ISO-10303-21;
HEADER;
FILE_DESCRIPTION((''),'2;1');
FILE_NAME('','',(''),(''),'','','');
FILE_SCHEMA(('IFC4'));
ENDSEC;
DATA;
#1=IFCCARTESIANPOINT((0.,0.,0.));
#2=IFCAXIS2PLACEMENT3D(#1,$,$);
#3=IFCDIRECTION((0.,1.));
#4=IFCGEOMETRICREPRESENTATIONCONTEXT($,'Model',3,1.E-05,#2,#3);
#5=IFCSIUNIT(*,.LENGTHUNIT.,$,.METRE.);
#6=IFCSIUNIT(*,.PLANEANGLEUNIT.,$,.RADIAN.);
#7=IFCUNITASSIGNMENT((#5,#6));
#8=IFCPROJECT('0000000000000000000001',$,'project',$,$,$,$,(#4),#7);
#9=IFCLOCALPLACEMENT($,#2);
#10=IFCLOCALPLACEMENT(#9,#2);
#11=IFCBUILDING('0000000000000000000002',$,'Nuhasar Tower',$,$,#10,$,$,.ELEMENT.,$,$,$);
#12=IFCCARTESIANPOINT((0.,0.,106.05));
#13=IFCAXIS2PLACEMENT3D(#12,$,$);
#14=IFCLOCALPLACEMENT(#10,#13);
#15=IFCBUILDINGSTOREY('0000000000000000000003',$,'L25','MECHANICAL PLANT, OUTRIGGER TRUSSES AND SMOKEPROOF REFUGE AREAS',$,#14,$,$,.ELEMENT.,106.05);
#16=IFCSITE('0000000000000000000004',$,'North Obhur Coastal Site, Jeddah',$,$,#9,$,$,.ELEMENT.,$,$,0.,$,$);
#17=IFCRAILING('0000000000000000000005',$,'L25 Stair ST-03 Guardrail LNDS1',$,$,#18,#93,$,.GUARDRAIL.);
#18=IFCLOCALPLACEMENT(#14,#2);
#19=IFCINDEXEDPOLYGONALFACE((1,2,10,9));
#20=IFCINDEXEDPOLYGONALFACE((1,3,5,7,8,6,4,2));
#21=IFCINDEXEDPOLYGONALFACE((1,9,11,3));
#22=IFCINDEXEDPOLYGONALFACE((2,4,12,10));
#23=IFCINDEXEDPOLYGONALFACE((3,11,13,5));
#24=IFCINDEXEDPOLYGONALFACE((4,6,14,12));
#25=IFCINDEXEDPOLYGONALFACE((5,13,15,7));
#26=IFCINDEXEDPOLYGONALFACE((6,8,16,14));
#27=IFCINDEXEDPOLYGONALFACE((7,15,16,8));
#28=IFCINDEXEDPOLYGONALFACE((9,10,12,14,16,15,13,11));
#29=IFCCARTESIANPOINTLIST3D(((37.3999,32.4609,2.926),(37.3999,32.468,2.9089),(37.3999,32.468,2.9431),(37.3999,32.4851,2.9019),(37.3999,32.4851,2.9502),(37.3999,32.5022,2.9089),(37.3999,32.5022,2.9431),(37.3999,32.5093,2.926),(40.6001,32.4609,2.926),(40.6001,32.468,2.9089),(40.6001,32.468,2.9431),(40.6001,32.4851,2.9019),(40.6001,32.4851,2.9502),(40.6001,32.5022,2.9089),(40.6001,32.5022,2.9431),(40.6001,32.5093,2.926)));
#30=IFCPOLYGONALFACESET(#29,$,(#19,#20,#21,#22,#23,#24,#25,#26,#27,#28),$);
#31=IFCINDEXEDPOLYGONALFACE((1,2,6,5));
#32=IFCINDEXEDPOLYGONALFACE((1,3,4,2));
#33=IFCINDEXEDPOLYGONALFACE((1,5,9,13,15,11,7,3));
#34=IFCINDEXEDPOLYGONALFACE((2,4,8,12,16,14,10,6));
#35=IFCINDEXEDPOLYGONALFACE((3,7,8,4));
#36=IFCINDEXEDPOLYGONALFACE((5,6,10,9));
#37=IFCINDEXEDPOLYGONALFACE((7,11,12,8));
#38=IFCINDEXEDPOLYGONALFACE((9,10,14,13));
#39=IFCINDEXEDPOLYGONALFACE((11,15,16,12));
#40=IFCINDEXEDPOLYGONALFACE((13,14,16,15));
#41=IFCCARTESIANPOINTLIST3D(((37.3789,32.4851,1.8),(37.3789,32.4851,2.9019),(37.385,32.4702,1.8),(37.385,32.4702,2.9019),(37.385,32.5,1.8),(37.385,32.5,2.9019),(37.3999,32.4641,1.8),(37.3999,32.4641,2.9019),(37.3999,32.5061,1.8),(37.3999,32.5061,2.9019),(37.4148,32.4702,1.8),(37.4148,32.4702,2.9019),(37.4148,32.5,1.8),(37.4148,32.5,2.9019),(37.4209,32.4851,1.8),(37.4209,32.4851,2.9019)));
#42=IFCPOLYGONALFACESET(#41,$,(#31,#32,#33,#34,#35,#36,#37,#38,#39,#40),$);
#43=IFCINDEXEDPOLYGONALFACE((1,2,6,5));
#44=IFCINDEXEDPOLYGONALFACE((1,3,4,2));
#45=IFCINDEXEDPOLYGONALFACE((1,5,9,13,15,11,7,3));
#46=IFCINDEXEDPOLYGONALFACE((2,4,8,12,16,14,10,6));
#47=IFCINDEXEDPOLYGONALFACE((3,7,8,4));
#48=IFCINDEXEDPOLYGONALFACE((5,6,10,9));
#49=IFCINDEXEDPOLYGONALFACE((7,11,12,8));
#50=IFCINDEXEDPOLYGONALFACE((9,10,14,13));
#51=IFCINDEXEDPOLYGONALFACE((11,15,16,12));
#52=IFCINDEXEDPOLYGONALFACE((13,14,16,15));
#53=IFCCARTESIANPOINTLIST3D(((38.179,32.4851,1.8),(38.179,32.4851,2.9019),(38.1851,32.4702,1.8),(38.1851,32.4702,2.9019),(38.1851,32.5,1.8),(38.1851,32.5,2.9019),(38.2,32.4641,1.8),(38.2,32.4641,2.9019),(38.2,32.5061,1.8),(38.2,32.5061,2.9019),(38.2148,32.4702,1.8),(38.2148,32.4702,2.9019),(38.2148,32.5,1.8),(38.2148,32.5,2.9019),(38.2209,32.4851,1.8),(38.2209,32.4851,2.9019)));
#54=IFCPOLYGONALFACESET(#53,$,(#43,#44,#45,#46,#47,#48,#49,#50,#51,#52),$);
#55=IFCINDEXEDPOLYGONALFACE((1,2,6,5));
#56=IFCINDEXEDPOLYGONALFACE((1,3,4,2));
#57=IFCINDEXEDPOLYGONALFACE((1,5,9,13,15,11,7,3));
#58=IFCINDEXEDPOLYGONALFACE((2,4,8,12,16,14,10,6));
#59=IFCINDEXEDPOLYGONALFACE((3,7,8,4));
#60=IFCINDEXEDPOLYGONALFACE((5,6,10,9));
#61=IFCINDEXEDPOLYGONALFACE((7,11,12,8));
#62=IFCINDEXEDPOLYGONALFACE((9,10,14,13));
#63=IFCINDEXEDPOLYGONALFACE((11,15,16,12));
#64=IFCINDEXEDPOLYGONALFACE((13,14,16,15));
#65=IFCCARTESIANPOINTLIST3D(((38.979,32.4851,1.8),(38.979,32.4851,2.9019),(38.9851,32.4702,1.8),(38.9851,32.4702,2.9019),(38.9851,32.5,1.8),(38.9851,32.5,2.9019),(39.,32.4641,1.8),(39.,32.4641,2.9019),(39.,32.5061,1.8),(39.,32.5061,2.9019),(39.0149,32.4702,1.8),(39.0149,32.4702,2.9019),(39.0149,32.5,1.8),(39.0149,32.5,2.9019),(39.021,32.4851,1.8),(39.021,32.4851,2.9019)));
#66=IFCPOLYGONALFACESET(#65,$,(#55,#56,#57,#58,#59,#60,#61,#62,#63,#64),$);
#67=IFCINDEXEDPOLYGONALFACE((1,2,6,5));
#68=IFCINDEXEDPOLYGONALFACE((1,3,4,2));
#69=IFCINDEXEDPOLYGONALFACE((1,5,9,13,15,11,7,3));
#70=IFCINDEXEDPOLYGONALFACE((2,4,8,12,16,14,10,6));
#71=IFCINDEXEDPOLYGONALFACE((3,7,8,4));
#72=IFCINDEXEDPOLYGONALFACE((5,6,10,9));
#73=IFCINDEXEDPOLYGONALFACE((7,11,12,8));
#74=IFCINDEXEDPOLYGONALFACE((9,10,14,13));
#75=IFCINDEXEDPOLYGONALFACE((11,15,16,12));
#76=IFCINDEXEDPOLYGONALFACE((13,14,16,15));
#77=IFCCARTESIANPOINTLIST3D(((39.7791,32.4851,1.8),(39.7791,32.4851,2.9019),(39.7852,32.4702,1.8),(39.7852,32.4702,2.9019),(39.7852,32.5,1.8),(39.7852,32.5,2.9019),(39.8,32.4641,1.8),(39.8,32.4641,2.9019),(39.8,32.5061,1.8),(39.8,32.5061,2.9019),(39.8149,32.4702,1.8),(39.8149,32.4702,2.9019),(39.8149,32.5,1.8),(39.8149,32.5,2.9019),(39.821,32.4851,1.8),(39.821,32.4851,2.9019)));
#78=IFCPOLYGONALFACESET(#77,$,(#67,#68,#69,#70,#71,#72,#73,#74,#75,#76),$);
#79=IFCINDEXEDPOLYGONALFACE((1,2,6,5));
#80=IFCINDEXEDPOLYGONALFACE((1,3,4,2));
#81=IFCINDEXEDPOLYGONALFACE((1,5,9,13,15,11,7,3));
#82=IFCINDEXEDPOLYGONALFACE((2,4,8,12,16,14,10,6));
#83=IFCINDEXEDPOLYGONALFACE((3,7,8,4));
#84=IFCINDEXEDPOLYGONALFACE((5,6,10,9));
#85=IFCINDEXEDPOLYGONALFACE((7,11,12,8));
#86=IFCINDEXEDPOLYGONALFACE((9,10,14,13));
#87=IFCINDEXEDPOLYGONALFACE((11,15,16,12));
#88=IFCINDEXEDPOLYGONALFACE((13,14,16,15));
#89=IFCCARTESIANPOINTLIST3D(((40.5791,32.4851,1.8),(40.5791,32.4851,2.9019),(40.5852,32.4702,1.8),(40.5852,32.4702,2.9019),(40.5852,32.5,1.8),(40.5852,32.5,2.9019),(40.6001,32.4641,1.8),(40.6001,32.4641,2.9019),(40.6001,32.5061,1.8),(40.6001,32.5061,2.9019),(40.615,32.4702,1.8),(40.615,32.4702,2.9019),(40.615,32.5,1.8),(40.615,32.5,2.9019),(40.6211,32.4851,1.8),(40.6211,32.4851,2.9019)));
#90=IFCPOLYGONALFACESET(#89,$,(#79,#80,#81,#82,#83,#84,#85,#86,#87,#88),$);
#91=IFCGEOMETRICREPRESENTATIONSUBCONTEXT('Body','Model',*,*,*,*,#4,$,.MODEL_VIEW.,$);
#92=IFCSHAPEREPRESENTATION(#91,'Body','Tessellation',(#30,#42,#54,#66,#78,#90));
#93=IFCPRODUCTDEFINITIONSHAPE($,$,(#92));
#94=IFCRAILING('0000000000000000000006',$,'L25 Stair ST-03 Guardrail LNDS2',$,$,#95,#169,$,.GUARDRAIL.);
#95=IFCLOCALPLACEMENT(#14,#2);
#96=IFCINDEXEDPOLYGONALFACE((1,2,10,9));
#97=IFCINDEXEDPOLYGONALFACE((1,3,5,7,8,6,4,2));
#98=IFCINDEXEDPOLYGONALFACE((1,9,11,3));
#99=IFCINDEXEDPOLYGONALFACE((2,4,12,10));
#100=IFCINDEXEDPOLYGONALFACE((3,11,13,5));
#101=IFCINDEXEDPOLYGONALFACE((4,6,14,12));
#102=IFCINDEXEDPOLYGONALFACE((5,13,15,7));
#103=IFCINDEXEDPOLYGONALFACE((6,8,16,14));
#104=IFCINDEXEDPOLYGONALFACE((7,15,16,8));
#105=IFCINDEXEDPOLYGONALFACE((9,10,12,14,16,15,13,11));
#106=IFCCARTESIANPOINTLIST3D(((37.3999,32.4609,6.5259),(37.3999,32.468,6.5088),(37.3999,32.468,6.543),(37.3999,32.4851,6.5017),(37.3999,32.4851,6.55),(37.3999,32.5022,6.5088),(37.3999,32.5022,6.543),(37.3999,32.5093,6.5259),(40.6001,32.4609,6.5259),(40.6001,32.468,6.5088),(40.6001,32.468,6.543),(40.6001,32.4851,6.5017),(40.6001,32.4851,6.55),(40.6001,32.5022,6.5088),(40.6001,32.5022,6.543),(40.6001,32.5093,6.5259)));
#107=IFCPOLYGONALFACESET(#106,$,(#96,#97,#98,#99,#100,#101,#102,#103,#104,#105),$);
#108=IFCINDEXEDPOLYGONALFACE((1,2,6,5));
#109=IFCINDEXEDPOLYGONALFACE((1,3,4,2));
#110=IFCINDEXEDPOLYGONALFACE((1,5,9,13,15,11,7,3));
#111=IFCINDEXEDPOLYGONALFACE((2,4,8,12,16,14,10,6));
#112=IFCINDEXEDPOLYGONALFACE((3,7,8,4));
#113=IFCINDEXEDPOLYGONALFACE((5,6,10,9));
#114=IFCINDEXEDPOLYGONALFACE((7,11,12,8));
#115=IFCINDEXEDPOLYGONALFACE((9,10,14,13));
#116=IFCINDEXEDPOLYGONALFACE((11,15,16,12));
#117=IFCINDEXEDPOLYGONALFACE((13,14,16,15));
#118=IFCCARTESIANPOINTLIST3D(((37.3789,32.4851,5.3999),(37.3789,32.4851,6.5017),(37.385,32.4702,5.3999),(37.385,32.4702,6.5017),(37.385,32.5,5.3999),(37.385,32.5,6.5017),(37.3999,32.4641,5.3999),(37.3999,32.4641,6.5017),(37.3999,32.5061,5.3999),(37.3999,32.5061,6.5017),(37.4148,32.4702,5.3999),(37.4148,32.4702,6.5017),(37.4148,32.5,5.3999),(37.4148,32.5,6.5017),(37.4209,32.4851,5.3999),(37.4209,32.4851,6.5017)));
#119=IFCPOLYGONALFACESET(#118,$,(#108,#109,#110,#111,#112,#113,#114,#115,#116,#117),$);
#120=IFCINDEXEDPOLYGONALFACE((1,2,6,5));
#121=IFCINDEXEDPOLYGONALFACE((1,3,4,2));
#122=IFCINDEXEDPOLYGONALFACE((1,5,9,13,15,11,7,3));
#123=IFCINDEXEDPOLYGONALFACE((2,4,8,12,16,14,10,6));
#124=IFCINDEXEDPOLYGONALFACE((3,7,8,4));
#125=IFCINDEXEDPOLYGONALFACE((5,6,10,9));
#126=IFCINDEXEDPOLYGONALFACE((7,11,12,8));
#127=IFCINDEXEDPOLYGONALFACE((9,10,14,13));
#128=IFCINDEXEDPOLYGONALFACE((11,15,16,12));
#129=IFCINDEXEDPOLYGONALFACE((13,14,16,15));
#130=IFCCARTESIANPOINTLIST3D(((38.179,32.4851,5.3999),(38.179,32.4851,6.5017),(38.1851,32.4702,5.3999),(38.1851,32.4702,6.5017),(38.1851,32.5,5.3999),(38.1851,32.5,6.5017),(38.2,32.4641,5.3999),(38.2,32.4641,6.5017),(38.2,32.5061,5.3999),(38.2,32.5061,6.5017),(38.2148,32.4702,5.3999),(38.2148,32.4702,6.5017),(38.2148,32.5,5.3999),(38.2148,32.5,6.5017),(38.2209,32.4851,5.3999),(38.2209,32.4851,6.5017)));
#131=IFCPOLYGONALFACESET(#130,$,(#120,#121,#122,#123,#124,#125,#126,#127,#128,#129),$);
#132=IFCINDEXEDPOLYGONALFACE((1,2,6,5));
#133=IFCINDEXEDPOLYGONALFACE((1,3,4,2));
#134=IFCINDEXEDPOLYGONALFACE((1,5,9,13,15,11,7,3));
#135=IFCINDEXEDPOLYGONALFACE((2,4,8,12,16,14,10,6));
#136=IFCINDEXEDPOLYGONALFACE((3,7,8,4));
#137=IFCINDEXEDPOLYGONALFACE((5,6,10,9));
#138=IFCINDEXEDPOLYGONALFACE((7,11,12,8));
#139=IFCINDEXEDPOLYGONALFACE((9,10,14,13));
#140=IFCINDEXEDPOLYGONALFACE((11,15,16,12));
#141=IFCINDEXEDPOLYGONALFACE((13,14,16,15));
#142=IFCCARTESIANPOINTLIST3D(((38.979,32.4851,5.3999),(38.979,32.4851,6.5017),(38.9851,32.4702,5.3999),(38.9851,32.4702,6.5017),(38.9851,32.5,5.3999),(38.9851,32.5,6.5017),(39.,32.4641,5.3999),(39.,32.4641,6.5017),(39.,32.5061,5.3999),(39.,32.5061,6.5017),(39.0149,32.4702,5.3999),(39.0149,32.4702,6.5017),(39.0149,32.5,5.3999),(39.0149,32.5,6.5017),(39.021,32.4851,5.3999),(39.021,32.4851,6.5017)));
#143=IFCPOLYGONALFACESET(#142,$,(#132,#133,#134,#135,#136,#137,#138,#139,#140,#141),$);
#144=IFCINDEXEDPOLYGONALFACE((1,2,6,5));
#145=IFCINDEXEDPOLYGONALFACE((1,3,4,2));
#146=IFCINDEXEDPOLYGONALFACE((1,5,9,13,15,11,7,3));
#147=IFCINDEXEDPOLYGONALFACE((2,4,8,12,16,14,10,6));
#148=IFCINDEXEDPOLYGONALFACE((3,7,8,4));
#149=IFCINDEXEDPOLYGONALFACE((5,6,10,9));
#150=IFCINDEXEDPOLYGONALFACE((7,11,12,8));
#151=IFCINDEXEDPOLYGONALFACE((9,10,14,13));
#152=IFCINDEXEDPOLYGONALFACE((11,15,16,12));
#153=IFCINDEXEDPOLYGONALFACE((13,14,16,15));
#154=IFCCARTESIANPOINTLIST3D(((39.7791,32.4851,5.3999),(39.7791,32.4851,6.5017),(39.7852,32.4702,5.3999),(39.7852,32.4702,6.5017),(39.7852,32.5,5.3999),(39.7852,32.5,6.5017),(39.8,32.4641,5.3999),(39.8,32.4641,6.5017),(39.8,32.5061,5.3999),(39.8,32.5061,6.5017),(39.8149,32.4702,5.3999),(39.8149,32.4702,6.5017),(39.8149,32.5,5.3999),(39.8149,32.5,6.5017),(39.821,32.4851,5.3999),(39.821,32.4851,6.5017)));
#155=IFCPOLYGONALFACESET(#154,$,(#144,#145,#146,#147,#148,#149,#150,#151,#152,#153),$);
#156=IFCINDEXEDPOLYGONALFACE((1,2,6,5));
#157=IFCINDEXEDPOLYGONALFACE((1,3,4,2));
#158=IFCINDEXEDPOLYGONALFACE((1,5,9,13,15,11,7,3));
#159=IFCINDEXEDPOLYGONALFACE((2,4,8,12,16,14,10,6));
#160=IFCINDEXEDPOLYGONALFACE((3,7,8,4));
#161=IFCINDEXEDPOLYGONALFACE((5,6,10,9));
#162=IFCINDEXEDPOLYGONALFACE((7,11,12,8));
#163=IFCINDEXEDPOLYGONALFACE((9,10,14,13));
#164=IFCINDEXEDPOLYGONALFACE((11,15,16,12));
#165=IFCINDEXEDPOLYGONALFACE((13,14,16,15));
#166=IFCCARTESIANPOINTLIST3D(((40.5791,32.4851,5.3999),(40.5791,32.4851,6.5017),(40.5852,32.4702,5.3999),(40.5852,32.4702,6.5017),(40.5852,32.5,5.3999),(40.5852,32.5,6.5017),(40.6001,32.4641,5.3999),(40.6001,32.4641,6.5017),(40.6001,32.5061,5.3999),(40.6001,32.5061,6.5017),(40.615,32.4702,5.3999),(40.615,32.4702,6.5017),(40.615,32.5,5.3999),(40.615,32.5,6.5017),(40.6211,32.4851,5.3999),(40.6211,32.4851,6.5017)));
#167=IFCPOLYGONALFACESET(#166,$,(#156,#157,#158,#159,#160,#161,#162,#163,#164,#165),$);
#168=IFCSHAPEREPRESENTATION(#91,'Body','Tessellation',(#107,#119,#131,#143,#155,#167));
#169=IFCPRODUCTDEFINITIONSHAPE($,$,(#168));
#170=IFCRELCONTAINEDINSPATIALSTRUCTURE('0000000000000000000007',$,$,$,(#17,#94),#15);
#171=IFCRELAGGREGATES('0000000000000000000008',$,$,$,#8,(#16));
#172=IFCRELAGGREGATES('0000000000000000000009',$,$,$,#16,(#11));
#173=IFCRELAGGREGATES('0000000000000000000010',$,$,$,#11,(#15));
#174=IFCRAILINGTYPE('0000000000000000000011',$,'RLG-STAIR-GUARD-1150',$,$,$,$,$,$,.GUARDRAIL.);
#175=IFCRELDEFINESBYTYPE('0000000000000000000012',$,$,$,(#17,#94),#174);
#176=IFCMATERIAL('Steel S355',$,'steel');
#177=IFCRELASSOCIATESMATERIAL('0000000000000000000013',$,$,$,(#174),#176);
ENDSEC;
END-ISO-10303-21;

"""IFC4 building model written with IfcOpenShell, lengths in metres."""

from ifc_helpers import new_model, si_unit, direction, frame, origin, place, context, subcontext, project, spatial, polyline, outline, extrude, material, type_object, element, save


model = new_model("IFC4")

# Units and contexts
model_context = context("Model", 3, precision=1e-05, world=origin(), true_north=direction((0.0, 1.0)))
body_context = subcontext(model_context, "Body", "Model", "MODEL_VIEW")
ifc_project = project(units=[si_unit("LENGTHUNIT", "METRE"), si_unit("PLANEANGLEUNIT", "RADIAN")], contexts=[model_context])

# Site, building, storey
site_placement = place(None, origin())
site = spatial("IfcSite", under=ifc_project, at=site_placement, Name="North Obhur Coastal Site, Jeddah", CompositionType="ELEMENT", RefElevation=0.0)
building_placement = place(site_placement, origin())
building = spatial("IfcBuilding", under=site, at=building_placement, Name="Nuhasar Tower", CompositionType="ELEMENT")
storey_placement = place(building_placement, frame((0.0, 0.0, 106.05)))
storey = spatial("IfcBuildingStorey", under=building, at=storey_placement, Name="L25", Description="MECHANICAL PLANT, OUTRIGGER TRUSSES AND SMOKEPROOF REFUGE AREAS", CompositionType="ELEMENT", Elevation=106.05)

# Shared definitions
ifc_material_1 = material(Name="Steel S355", Category="steel")

# Railings
railing_type_1 = type_object("IfcRailingType", Name="RLG-STAIR-GUARD-1150", PredefinedType="GUARDRAIL", material=ifc_material_1)
railing_1_placement = place(storey_placement, frame((37.3999, 32.4851, 1.8)))
element("IfcRailing", 1, at=railing_1_placement, inside=storey, type_object=railing_type_1, Name="L25 Stair ST-03 Guardrail LNDS1", PredefinedType="GUARDRAIL", context=body_context, shape_type="SweptSolid", body=[
    extrude(outline(polyline([(0.0242, 0.0), (0.0171, 0.0171), (0.0, 0.0242), (-0.0171, 0.0171), (-0.0242, 0.0), (-0.0171, -0.0171), (0.0, -0.0242), (0.0171, -0.0171), (0.0242, 0.0)])), frame((0.0, 0.0, 1.126), z_axis=(1.0, 0.0, 0.0), x_axis=(0.0, 1.0, 0.0)), (0.0, 0.0, 1.0), 3.2002),
    extrude(outline(polyline([(0.021, 0.0), (0.0149, 0.0149), (0.0, 0.021), (-0.0149, 0.0149), (-0.021, 0.0), (-0.0149, -0.0149), (0.0, -0.021), (0.0149, -0.0149), (0.021, 0.0)])), origin(), (0.0, 0.0, 1.0), 1.1018),
    extrude(outline(polyline([(0.021, 0.0), (0.0149, 0.0149), (0.0, 0.021), (-0.0149, 0.0149), (-0.021, 0.0), (-0.0149, -0.0149), (0.0, -0.021), (0.0149, -0.0149), (0.021, 0.0)])), frame((0.8, 0.0, 0.0)), (0.0, 0.0, 1.0), 1.1018),
    extrude(outline(polyline([(0.021, 0.0), (0.0149, 0.0149), (0.0, 0.021), (-0.0149, 0.0149), (-0.021, 0.0), (-0.0149, -0.0149), (0.0, -0.021), (0.0149, -0.0149), (0.021, 0.0)])), frame((1.6001, 0.0, 0.0)), (0.0, 0.0, 1.0), 1.1018),
    extrude(outline(polyline([(0.021, 0.0), (0.0149, 0.0149), (0.0, 0.021), (-0.0149, 0.0149), (-0.021, 0.0), (-0.0149, -0.0149), (0.0, -0.021), (0.0149, -0.0149), (0.021, 0.0)])), frame((2.4001, 0.0, 0.0)), (0.0, 0.0, 1.0), 1.1018),
    extrude(outline(polyline([(0.021, 0.0), (0.0149, 0.0149), (0.0, 0.021), (-0.0149, 0.0149), (-0.021, 0.0), (-0.0149, -0.0149), (0.0, -0.021), (0.0149, -0.0149), (0.021, 0.0)])), frame((3.2002, 0.0, 0.0)), (0.0, 0.0, 1.0), 1.1018),
])
railing_2_placement = place(storey_placement, frame((37.3999, 32.4851, 5.3999)))
element("IfcRailing", 2, at=railing_2_placement, inside=storey, type_object=railing_type_1, Name="L25 Stair ST-03 Guardrail LNDS2", PredefinedType="GUARDRAIL", context=body_context, shape_type="SweptSolid", body=[
    extrude(outline(polyline([(0.0242, 0.0), (0.0171, 0.0171), (0.0, 0.0242), (-0.0171, 0.0171), (-0.0242, 0.0), (-0.0171, -0.0171), (0.0, -0.0242), (0.0171, -0.0171), (0.0242, 0.0)])), frame((0.0, 0.0, 1.126), z_axis=(1.0, 0.0, 0.0), x_axis=(0.0, 1.0, 0.0)), (0.0, 0.0, 1.0), 3.2002),
    extrude(outline(polyline([(0.021, 0.0), (0.0149, 0.0149), (0.0, 0.021), (-0.0149, 0.0149), (-0.021, 0.0), (-0.0149, -0.0149), (0.0, -0.021), (0.0149, -0.0149), (0.021, 0.0)])), origin(), (0.0, 0.0, 1.0), 1.1018),
    extrude(outline(polyline([(0.021, 0.0), (0.0149, 0.0149), (0.0, 0.021), (-0.0149, 0.0149), (-0.021, 0.0), (-0.0149, -0.0149), (0.0, -0.021), (0.0149, -0.0149), (0.021, 0.0)])), frame((0.8, 0.0, 0.0)), (0.0, 0.0, 1.0), 1.1018),
    extrude(outline(polyline([(0.021, 0.0), (0.0149, 0.0149), (0.0, 0.021), (-0.0149, 0.0149), (-0.021, 0.0), (-0.0149, -0.0149), (0.0, -0.021), (0.0149, -0.0149), (0.021, 0.0)])), frame((1.6001, 0.0, 0.0)), (0.0, 0.0, 1.0), 1.1018),
    extrude(outline(polyline([(0.021, 0.0), (0.0149, 0.0149), (0.0, 0.021), (-0.0149, 0.0149), (-0.021, 0.0), (-0.0149, -0.0149), (0.0, -0.021), (0.0149, -0.0149), (0.021, 0.0)])), frame((2.4001, 0.0, 0.0)), (0.0, 0.0, 1.0), 1.1018),
    extrude(outline(polyline([(0.021, 0.0), (0.0149, 0.0149), (0.0, 0.021), (-0.0149, 0.0149), (-0.021, 0.0), (-0.0149, -0.0149), (0.0, -0.021), (0.0149, -0.0149), (0.021, 0.0)])), frame((3.2002, 0.0, 0.0)), (0.0, 0.0, 1.0), 1.1018),
])

save(model, "model.ifc")
